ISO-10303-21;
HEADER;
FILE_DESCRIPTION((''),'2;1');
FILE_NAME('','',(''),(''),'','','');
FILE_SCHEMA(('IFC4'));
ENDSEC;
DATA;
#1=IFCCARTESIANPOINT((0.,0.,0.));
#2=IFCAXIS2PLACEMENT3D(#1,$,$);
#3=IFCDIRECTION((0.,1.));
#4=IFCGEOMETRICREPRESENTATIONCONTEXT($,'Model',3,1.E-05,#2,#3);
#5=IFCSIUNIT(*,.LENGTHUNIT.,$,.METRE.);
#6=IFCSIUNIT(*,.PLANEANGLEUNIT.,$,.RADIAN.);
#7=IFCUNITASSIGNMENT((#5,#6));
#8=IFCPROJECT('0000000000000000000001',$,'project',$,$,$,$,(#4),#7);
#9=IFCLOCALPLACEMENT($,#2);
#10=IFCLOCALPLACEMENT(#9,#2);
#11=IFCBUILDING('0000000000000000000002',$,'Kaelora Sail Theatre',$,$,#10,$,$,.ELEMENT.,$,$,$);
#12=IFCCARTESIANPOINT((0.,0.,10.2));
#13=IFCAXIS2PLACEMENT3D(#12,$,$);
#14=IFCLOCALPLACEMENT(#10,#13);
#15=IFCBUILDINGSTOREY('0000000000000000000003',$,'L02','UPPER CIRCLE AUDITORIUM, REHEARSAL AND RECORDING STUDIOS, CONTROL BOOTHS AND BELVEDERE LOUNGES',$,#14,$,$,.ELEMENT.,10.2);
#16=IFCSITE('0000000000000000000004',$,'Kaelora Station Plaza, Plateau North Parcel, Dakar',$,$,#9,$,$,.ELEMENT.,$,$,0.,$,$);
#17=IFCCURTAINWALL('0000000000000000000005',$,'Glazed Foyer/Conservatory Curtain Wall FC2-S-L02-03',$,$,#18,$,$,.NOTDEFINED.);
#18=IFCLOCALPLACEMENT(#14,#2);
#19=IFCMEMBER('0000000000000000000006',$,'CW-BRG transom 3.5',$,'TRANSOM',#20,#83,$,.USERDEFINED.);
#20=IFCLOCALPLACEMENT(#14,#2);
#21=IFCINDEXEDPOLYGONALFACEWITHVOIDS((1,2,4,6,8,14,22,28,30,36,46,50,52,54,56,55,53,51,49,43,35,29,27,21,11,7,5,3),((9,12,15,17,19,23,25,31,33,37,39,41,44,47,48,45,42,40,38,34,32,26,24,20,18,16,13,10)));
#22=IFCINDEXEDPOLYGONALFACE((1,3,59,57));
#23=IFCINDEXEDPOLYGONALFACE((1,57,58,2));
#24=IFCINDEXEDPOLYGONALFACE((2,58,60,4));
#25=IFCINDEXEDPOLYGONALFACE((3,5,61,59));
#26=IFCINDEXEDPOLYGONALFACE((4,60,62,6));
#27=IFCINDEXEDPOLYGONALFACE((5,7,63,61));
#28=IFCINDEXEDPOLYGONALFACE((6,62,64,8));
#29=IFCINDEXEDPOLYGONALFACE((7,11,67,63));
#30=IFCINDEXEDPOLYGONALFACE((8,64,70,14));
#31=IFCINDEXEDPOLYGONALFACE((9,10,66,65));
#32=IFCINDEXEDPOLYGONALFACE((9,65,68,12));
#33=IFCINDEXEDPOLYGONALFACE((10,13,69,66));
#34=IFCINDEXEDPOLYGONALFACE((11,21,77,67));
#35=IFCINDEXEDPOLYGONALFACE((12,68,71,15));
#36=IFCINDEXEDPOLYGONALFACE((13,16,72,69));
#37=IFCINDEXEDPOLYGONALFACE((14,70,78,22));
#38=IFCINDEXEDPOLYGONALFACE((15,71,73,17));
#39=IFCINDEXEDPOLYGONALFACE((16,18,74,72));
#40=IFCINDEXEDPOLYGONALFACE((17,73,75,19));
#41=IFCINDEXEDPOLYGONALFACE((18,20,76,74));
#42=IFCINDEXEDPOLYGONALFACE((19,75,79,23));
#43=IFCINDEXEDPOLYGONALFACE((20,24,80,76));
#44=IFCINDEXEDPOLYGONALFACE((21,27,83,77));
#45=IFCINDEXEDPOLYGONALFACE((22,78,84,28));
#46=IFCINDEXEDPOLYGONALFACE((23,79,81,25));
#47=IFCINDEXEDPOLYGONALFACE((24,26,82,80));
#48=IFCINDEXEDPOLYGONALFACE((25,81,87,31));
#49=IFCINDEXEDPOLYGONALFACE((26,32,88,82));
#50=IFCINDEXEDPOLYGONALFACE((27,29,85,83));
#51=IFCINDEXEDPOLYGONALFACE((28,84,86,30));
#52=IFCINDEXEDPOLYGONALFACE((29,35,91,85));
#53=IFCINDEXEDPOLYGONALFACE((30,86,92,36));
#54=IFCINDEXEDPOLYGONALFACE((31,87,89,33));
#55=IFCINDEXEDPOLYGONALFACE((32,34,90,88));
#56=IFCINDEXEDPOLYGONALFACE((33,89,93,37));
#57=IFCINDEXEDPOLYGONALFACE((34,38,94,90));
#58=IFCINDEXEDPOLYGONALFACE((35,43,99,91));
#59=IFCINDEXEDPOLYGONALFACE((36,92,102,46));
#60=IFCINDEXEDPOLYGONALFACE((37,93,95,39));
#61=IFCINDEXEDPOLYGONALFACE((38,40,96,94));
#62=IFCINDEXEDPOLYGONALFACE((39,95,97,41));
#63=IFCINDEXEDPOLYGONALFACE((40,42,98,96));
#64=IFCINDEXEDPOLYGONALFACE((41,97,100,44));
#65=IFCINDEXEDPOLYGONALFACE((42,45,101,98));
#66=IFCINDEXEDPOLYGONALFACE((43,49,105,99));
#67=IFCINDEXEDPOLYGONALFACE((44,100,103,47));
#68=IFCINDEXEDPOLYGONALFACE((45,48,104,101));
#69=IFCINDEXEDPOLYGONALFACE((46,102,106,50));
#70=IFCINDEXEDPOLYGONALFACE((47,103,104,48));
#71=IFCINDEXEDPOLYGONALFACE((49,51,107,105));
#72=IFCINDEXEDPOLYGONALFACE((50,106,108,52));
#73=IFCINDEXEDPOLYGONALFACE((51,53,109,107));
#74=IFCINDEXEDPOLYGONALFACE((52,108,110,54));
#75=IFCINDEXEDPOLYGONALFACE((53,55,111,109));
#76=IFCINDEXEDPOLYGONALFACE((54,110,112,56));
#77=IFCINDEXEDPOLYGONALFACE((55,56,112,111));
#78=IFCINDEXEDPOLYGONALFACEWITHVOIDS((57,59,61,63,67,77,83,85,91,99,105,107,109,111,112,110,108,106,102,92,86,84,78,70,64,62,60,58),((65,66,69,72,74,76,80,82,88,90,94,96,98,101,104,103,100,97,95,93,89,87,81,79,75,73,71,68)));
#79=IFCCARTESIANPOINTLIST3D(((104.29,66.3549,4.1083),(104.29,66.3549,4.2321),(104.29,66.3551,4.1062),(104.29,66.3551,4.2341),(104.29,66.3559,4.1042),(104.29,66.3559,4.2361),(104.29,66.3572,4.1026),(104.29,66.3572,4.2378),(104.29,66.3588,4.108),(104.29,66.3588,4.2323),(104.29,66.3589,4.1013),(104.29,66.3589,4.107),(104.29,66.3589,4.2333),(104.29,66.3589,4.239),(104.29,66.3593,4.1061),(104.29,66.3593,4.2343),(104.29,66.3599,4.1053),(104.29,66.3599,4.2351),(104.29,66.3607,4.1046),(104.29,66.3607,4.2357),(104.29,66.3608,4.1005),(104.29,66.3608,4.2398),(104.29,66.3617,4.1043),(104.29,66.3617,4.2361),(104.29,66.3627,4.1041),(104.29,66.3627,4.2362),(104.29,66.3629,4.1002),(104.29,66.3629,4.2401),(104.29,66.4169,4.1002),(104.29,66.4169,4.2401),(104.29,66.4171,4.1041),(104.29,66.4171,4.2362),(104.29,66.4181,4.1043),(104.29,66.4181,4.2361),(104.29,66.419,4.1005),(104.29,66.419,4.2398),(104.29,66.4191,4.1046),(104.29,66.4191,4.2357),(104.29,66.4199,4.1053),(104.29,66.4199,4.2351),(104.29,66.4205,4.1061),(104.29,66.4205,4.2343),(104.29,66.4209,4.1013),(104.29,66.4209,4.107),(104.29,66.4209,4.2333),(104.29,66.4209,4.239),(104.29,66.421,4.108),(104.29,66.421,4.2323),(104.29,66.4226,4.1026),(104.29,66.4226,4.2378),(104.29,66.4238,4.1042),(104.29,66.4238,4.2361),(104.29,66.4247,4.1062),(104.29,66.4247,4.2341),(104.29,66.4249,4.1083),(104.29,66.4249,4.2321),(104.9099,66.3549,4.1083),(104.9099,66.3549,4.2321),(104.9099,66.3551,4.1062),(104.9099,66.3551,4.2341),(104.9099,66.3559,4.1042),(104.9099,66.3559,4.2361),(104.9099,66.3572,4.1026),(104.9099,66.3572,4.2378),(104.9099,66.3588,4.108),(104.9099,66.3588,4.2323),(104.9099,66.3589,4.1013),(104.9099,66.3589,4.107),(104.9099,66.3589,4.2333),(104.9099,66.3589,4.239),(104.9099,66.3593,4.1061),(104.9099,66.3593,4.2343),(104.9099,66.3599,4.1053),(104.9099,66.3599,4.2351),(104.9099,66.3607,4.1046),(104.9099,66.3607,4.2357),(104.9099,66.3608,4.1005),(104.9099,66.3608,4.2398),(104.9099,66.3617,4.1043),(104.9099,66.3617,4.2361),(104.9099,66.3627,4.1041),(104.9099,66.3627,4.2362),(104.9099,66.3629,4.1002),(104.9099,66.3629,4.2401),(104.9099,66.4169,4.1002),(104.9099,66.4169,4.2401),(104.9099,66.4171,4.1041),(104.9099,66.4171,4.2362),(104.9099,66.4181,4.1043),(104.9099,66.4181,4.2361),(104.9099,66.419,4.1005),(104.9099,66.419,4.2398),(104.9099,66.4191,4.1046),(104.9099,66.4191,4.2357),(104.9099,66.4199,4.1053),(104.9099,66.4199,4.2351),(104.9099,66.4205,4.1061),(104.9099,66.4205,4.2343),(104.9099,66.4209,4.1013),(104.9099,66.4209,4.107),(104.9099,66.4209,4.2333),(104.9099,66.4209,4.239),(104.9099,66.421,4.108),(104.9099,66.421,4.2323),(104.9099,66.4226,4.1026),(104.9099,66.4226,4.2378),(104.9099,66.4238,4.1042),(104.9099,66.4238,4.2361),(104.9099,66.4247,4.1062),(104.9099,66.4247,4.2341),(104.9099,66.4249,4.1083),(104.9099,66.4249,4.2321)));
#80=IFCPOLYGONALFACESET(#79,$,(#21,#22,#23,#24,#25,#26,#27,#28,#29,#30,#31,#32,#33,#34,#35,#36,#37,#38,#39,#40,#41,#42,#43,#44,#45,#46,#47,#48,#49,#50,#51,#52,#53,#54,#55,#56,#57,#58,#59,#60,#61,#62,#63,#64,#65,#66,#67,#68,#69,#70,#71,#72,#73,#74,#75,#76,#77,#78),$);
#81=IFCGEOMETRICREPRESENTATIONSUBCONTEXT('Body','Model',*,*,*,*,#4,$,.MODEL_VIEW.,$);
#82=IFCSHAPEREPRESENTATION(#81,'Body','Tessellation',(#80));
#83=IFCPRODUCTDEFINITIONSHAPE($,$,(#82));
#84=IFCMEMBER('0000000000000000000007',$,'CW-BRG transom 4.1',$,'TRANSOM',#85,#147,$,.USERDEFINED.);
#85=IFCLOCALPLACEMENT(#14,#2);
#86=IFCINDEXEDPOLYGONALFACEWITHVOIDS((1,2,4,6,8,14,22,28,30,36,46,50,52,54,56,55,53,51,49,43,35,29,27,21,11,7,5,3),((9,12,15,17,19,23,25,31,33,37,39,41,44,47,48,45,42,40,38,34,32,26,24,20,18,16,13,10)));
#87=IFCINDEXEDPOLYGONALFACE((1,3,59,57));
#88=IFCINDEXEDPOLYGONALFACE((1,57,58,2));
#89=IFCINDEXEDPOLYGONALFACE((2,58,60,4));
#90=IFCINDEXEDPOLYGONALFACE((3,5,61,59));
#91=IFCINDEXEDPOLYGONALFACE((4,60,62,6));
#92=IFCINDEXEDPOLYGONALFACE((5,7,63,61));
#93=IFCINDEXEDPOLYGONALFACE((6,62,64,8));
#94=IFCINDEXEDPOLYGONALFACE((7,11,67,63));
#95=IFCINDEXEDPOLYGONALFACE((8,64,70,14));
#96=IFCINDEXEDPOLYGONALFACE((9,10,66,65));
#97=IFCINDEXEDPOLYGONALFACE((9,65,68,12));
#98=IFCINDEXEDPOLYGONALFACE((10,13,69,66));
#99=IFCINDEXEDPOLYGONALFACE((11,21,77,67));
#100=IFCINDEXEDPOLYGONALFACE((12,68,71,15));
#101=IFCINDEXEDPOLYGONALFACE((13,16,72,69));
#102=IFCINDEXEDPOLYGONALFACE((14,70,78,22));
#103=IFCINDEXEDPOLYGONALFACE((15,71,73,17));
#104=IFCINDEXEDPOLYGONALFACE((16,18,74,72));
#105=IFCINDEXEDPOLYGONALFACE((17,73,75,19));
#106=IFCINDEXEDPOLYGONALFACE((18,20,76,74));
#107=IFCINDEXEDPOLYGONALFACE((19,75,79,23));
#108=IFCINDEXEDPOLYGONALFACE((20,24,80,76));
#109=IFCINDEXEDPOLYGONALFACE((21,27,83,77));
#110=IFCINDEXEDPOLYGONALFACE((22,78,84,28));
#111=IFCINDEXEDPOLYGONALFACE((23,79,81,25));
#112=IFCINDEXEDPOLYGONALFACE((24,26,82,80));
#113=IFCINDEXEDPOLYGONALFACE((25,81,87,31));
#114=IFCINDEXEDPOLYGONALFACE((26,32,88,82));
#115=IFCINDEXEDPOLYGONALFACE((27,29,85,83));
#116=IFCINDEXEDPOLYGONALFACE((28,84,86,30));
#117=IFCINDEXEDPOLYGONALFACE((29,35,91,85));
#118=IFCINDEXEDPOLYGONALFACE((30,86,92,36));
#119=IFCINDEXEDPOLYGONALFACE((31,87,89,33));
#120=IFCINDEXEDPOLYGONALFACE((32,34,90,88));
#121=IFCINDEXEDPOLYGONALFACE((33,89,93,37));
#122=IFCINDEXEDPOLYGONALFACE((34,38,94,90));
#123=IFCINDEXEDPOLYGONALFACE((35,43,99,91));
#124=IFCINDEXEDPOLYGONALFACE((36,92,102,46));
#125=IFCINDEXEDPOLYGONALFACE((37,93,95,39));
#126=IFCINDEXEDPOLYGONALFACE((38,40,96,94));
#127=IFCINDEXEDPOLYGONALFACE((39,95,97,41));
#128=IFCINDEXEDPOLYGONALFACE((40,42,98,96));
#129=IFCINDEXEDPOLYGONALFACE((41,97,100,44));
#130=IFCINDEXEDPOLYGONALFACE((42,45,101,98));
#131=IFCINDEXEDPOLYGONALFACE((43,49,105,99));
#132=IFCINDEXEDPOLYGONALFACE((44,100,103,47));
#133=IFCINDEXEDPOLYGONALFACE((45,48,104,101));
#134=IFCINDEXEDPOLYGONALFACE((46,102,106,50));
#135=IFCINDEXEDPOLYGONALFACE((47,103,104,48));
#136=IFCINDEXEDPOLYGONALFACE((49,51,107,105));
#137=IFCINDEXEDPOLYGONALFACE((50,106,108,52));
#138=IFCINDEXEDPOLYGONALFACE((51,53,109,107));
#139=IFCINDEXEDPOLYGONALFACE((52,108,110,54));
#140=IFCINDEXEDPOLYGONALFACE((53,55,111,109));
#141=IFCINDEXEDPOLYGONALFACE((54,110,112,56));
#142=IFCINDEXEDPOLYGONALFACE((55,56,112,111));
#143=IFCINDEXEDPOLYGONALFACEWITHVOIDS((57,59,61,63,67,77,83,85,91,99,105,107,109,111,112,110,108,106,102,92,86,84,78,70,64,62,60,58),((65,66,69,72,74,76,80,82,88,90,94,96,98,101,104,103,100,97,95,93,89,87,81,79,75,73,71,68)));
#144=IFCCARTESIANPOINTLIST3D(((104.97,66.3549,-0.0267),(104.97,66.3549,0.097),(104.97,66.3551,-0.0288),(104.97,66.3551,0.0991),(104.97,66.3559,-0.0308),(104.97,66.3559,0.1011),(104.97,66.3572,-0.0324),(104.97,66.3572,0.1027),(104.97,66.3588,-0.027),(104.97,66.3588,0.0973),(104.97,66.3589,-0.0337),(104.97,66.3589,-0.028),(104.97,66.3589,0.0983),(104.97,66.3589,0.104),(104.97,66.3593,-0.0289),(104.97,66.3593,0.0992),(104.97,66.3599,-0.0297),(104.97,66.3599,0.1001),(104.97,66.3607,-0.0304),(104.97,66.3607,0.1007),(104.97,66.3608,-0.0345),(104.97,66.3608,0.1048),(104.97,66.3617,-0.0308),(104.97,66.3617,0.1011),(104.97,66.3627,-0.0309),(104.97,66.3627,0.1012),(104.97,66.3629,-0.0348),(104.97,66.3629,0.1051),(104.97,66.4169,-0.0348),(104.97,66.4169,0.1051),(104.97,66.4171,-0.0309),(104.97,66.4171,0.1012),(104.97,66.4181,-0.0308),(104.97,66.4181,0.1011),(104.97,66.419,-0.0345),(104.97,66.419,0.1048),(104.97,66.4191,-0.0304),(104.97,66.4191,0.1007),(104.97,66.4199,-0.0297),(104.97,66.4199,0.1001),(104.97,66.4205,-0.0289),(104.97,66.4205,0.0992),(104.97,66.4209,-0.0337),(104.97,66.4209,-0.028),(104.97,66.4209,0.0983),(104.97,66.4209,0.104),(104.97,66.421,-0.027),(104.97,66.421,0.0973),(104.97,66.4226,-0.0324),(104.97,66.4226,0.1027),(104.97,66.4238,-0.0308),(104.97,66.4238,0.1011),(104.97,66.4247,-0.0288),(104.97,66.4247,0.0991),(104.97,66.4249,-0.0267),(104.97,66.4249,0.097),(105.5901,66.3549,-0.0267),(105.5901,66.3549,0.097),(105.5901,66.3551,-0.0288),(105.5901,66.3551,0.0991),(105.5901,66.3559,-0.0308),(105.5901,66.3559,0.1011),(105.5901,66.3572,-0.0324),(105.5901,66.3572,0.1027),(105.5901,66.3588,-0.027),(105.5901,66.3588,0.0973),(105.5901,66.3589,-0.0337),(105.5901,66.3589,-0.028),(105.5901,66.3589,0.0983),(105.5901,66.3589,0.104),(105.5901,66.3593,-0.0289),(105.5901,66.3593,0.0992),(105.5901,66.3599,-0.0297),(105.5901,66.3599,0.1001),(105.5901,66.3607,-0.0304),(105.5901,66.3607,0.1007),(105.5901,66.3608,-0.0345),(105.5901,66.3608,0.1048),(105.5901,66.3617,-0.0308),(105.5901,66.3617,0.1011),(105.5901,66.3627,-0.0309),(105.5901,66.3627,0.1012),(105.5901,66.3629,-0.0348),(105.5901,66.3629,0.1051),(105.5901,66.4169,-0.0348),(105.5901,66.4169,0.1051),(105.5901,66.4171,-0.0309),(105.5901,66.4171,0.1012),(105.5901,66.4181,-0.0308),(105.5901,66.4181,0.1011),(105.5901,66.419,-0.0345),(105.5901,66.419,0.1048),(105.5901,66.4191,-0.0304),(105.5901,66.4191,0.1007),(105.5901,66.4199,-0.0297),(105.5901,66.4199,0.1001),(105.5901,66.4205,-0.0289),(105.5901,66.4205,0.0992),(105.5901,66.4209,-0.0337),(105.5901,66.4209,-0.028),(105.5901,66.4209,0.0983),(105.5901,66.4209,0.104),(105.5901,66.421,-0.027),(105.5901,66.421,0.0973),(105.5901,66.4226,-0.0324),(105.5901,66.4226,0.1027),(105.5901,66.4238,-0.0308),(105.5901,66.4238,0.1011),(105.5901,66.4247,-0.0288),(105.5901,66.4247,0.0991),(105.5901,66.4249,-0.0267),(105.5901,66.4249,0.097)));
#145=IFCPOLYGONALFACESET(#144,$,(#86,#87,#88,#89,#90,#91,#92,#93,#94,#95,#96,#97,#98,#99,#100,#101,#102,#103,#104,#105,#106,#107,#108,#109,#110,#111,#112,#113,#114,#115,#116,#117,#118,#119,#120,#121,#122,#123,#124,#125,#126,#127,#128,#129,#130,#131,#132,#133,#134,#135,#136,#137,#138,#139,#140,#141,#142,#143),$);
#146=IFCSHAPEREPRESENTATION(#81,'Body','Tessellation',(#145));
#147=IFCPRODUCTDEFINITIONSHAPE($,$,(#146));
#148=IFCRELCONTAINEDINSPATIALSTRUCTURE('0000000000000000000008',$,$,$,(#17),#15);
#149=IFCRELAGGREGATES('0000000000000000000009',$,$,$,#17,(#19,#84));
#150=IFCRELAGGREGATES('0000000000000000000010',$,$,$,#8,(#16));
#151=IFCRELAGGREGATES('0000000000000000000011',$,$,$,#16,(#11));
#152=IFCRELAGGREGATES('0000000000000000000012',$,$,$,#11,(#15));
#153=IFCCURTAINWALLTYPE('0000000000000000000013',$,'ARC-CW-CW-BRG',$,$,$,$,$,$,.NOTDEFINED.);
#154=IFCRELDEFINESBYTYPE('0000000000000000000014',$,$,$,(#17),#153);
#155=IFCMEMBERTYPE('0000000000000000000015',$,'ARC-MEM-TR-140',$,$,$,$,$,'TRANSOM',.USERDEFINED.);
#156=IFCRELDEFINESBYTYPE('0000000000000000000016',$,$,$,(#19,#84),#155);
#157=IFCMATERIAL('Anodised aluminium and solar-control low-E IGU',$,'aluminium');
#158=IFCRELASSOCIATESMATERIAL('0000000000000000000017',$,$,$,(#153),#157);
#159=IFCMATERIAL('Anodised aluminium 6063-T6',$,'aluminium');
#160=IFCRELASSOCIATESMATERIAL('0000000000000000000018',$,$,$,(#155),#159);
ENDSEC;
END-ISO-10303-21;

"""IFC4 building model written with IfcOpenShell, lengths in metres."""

from ifc_helpers import new_model, si_unit, direction, frame, origin, origin_2d, place, context, subcontext, project, spatial, hollow_rectangle, extrude, material, material_profile, profile_set, type_object, element, aggregate, save


model = new_model("IFC4")

# Units and contexts
model_context = context("Model", 3, precision=1e-05, world=origin(), true_north=direction((0.0, 1.0)))
body_context = subcontext(model_context, "Body", "Model", "MODEL_VIEW")
ifc_project = project(units=[si_unit("LENGTHUNIT", "METRE"), si_unit("PLANEANGLEUNIT", "RADIAN")], contexts=[model_context])

# Site, building, storey
site_placement = place(None, origin())
site = spatial("IfcSite", under=ifc_project, at=site_placement, Name="Kaelora Station Plaza, Plateau North Parcel, Dakar", CompositionType="ELEMENT", RefElevation=0.0)
building_placement = place(site_placement, origin())
building = spatial("IfcBuilding", under=site, at=building_placement, Name="Kaelora Sail Theatre", CompositionType="ELEMENT")
storey_placement = place(building_placement, frame((0.0, 0.0, 10.2)))
storey = spatial("IfcBuildingStorey", under=building, at=storey_placement, Name="L02", Description="UPPER CIRCLE AUDITORIUM, REHEARSAL AND RECORDING STUDIOS, CONTROL BOOTHS AND BELVEDERE LOUNGES", CompositionType="ELEMENT", Elevation=10.2)

# Curtain wall, members
ifc_material_1 = material(Name="Anodised aluminium and solar-control low-E IGU", Category="aluminium")
curtain_wall_type = type_object("IfcCurtainWallType", Name="ARC-CW-CW-BRG", PredefinedType="NOTDEFINED", material=ifc_material_1)
curtain_wall_placement = place(storey_placement, origin())
curtain_wall = element("IfcCurtainWall", 1, at=curtain_wall_placement, inside=storey, type_object=curtain_wall_type, Name="Glazed Foyer/Conservatory Curtain Wall FC2-S-L02-03", PredefinedType="NOTDEFINED")
ifc_material_2 = material(Name="Anodised aluminium 6063-T6", Category="aluminium")
ifc_material_profile_1 = material_profile(ifc_material_2, hollow_rectangle(XDim=0.0701, YDim=0.1399, WallThickness=0.0039, InnerFilletRadius=0.0039, OuterFilletRadius=0.0081, at=origin_2d()), Name="ALU-TRAN 70x140x4")
ifc_profile_set_1 = profile_set([ifc_material_profile_1], Name="Anodised aluminium 6063-T6")
member_type_1 = type_object("IfcMemberType", Name="ARC-MEM-TR-140", ElementType="TRANSOM", PredefinedType="USERDEFINED", material=ifc_profile_set_1)
member_1_placement = place(storey_placement, frame((104.29, 66.3899, 4.1702), z_axis=(1.0, 0.0, 0.0), x_axis=(0.0, 1.0, 0.0)))
member_1 = element("IfcMember", 2, at=member_1_placement, type_object=member_type_1, Name="CW-BRG transom 3.5", ObjectType="TRANSOM", PredefinedType="USERDEFINED", context=body_context, shape_type="SweptSolid", body=[
    extrude(hollow_rectangle(XDim=0.0701, YDim=0.1399, WallThickness=0.0039, InnerFilletRadius=0.0039, OuterFilletRadius=0.0081, at=origin_2d()), origin(), (0.0, 0.0, 1.0), 0.6199),
])
member_2_placement = place(storey_placement, frame((104.97, 66.3899, 0.0352), z_axis=(1.0, 0.0, 0.0), x_axis=(0.0, 1.0, 0.0)))
member_2 = element("IfcMember", 3, at=member_2_placement, type_object=member_type_1, Name="CW-BRG transom 4.1", ObjectType="TRANSOM", PredefinedType="USERDEFINED", context=body_context, shape_type="SweptSolid", body=[
    extrude(hollow_rectangle(XDim=0.0701, YDim=0.1399, WallThickness=0.0039, InnerFilletRadius=0.0039, OuterFilletRadius=0.0081, at=origin_2d()), origin(), (0.0, 0.0, 1.0), 0.6201),
])
aggregate(curtain_wall, [member_1, member_2])

save(model, "model.ifc")
